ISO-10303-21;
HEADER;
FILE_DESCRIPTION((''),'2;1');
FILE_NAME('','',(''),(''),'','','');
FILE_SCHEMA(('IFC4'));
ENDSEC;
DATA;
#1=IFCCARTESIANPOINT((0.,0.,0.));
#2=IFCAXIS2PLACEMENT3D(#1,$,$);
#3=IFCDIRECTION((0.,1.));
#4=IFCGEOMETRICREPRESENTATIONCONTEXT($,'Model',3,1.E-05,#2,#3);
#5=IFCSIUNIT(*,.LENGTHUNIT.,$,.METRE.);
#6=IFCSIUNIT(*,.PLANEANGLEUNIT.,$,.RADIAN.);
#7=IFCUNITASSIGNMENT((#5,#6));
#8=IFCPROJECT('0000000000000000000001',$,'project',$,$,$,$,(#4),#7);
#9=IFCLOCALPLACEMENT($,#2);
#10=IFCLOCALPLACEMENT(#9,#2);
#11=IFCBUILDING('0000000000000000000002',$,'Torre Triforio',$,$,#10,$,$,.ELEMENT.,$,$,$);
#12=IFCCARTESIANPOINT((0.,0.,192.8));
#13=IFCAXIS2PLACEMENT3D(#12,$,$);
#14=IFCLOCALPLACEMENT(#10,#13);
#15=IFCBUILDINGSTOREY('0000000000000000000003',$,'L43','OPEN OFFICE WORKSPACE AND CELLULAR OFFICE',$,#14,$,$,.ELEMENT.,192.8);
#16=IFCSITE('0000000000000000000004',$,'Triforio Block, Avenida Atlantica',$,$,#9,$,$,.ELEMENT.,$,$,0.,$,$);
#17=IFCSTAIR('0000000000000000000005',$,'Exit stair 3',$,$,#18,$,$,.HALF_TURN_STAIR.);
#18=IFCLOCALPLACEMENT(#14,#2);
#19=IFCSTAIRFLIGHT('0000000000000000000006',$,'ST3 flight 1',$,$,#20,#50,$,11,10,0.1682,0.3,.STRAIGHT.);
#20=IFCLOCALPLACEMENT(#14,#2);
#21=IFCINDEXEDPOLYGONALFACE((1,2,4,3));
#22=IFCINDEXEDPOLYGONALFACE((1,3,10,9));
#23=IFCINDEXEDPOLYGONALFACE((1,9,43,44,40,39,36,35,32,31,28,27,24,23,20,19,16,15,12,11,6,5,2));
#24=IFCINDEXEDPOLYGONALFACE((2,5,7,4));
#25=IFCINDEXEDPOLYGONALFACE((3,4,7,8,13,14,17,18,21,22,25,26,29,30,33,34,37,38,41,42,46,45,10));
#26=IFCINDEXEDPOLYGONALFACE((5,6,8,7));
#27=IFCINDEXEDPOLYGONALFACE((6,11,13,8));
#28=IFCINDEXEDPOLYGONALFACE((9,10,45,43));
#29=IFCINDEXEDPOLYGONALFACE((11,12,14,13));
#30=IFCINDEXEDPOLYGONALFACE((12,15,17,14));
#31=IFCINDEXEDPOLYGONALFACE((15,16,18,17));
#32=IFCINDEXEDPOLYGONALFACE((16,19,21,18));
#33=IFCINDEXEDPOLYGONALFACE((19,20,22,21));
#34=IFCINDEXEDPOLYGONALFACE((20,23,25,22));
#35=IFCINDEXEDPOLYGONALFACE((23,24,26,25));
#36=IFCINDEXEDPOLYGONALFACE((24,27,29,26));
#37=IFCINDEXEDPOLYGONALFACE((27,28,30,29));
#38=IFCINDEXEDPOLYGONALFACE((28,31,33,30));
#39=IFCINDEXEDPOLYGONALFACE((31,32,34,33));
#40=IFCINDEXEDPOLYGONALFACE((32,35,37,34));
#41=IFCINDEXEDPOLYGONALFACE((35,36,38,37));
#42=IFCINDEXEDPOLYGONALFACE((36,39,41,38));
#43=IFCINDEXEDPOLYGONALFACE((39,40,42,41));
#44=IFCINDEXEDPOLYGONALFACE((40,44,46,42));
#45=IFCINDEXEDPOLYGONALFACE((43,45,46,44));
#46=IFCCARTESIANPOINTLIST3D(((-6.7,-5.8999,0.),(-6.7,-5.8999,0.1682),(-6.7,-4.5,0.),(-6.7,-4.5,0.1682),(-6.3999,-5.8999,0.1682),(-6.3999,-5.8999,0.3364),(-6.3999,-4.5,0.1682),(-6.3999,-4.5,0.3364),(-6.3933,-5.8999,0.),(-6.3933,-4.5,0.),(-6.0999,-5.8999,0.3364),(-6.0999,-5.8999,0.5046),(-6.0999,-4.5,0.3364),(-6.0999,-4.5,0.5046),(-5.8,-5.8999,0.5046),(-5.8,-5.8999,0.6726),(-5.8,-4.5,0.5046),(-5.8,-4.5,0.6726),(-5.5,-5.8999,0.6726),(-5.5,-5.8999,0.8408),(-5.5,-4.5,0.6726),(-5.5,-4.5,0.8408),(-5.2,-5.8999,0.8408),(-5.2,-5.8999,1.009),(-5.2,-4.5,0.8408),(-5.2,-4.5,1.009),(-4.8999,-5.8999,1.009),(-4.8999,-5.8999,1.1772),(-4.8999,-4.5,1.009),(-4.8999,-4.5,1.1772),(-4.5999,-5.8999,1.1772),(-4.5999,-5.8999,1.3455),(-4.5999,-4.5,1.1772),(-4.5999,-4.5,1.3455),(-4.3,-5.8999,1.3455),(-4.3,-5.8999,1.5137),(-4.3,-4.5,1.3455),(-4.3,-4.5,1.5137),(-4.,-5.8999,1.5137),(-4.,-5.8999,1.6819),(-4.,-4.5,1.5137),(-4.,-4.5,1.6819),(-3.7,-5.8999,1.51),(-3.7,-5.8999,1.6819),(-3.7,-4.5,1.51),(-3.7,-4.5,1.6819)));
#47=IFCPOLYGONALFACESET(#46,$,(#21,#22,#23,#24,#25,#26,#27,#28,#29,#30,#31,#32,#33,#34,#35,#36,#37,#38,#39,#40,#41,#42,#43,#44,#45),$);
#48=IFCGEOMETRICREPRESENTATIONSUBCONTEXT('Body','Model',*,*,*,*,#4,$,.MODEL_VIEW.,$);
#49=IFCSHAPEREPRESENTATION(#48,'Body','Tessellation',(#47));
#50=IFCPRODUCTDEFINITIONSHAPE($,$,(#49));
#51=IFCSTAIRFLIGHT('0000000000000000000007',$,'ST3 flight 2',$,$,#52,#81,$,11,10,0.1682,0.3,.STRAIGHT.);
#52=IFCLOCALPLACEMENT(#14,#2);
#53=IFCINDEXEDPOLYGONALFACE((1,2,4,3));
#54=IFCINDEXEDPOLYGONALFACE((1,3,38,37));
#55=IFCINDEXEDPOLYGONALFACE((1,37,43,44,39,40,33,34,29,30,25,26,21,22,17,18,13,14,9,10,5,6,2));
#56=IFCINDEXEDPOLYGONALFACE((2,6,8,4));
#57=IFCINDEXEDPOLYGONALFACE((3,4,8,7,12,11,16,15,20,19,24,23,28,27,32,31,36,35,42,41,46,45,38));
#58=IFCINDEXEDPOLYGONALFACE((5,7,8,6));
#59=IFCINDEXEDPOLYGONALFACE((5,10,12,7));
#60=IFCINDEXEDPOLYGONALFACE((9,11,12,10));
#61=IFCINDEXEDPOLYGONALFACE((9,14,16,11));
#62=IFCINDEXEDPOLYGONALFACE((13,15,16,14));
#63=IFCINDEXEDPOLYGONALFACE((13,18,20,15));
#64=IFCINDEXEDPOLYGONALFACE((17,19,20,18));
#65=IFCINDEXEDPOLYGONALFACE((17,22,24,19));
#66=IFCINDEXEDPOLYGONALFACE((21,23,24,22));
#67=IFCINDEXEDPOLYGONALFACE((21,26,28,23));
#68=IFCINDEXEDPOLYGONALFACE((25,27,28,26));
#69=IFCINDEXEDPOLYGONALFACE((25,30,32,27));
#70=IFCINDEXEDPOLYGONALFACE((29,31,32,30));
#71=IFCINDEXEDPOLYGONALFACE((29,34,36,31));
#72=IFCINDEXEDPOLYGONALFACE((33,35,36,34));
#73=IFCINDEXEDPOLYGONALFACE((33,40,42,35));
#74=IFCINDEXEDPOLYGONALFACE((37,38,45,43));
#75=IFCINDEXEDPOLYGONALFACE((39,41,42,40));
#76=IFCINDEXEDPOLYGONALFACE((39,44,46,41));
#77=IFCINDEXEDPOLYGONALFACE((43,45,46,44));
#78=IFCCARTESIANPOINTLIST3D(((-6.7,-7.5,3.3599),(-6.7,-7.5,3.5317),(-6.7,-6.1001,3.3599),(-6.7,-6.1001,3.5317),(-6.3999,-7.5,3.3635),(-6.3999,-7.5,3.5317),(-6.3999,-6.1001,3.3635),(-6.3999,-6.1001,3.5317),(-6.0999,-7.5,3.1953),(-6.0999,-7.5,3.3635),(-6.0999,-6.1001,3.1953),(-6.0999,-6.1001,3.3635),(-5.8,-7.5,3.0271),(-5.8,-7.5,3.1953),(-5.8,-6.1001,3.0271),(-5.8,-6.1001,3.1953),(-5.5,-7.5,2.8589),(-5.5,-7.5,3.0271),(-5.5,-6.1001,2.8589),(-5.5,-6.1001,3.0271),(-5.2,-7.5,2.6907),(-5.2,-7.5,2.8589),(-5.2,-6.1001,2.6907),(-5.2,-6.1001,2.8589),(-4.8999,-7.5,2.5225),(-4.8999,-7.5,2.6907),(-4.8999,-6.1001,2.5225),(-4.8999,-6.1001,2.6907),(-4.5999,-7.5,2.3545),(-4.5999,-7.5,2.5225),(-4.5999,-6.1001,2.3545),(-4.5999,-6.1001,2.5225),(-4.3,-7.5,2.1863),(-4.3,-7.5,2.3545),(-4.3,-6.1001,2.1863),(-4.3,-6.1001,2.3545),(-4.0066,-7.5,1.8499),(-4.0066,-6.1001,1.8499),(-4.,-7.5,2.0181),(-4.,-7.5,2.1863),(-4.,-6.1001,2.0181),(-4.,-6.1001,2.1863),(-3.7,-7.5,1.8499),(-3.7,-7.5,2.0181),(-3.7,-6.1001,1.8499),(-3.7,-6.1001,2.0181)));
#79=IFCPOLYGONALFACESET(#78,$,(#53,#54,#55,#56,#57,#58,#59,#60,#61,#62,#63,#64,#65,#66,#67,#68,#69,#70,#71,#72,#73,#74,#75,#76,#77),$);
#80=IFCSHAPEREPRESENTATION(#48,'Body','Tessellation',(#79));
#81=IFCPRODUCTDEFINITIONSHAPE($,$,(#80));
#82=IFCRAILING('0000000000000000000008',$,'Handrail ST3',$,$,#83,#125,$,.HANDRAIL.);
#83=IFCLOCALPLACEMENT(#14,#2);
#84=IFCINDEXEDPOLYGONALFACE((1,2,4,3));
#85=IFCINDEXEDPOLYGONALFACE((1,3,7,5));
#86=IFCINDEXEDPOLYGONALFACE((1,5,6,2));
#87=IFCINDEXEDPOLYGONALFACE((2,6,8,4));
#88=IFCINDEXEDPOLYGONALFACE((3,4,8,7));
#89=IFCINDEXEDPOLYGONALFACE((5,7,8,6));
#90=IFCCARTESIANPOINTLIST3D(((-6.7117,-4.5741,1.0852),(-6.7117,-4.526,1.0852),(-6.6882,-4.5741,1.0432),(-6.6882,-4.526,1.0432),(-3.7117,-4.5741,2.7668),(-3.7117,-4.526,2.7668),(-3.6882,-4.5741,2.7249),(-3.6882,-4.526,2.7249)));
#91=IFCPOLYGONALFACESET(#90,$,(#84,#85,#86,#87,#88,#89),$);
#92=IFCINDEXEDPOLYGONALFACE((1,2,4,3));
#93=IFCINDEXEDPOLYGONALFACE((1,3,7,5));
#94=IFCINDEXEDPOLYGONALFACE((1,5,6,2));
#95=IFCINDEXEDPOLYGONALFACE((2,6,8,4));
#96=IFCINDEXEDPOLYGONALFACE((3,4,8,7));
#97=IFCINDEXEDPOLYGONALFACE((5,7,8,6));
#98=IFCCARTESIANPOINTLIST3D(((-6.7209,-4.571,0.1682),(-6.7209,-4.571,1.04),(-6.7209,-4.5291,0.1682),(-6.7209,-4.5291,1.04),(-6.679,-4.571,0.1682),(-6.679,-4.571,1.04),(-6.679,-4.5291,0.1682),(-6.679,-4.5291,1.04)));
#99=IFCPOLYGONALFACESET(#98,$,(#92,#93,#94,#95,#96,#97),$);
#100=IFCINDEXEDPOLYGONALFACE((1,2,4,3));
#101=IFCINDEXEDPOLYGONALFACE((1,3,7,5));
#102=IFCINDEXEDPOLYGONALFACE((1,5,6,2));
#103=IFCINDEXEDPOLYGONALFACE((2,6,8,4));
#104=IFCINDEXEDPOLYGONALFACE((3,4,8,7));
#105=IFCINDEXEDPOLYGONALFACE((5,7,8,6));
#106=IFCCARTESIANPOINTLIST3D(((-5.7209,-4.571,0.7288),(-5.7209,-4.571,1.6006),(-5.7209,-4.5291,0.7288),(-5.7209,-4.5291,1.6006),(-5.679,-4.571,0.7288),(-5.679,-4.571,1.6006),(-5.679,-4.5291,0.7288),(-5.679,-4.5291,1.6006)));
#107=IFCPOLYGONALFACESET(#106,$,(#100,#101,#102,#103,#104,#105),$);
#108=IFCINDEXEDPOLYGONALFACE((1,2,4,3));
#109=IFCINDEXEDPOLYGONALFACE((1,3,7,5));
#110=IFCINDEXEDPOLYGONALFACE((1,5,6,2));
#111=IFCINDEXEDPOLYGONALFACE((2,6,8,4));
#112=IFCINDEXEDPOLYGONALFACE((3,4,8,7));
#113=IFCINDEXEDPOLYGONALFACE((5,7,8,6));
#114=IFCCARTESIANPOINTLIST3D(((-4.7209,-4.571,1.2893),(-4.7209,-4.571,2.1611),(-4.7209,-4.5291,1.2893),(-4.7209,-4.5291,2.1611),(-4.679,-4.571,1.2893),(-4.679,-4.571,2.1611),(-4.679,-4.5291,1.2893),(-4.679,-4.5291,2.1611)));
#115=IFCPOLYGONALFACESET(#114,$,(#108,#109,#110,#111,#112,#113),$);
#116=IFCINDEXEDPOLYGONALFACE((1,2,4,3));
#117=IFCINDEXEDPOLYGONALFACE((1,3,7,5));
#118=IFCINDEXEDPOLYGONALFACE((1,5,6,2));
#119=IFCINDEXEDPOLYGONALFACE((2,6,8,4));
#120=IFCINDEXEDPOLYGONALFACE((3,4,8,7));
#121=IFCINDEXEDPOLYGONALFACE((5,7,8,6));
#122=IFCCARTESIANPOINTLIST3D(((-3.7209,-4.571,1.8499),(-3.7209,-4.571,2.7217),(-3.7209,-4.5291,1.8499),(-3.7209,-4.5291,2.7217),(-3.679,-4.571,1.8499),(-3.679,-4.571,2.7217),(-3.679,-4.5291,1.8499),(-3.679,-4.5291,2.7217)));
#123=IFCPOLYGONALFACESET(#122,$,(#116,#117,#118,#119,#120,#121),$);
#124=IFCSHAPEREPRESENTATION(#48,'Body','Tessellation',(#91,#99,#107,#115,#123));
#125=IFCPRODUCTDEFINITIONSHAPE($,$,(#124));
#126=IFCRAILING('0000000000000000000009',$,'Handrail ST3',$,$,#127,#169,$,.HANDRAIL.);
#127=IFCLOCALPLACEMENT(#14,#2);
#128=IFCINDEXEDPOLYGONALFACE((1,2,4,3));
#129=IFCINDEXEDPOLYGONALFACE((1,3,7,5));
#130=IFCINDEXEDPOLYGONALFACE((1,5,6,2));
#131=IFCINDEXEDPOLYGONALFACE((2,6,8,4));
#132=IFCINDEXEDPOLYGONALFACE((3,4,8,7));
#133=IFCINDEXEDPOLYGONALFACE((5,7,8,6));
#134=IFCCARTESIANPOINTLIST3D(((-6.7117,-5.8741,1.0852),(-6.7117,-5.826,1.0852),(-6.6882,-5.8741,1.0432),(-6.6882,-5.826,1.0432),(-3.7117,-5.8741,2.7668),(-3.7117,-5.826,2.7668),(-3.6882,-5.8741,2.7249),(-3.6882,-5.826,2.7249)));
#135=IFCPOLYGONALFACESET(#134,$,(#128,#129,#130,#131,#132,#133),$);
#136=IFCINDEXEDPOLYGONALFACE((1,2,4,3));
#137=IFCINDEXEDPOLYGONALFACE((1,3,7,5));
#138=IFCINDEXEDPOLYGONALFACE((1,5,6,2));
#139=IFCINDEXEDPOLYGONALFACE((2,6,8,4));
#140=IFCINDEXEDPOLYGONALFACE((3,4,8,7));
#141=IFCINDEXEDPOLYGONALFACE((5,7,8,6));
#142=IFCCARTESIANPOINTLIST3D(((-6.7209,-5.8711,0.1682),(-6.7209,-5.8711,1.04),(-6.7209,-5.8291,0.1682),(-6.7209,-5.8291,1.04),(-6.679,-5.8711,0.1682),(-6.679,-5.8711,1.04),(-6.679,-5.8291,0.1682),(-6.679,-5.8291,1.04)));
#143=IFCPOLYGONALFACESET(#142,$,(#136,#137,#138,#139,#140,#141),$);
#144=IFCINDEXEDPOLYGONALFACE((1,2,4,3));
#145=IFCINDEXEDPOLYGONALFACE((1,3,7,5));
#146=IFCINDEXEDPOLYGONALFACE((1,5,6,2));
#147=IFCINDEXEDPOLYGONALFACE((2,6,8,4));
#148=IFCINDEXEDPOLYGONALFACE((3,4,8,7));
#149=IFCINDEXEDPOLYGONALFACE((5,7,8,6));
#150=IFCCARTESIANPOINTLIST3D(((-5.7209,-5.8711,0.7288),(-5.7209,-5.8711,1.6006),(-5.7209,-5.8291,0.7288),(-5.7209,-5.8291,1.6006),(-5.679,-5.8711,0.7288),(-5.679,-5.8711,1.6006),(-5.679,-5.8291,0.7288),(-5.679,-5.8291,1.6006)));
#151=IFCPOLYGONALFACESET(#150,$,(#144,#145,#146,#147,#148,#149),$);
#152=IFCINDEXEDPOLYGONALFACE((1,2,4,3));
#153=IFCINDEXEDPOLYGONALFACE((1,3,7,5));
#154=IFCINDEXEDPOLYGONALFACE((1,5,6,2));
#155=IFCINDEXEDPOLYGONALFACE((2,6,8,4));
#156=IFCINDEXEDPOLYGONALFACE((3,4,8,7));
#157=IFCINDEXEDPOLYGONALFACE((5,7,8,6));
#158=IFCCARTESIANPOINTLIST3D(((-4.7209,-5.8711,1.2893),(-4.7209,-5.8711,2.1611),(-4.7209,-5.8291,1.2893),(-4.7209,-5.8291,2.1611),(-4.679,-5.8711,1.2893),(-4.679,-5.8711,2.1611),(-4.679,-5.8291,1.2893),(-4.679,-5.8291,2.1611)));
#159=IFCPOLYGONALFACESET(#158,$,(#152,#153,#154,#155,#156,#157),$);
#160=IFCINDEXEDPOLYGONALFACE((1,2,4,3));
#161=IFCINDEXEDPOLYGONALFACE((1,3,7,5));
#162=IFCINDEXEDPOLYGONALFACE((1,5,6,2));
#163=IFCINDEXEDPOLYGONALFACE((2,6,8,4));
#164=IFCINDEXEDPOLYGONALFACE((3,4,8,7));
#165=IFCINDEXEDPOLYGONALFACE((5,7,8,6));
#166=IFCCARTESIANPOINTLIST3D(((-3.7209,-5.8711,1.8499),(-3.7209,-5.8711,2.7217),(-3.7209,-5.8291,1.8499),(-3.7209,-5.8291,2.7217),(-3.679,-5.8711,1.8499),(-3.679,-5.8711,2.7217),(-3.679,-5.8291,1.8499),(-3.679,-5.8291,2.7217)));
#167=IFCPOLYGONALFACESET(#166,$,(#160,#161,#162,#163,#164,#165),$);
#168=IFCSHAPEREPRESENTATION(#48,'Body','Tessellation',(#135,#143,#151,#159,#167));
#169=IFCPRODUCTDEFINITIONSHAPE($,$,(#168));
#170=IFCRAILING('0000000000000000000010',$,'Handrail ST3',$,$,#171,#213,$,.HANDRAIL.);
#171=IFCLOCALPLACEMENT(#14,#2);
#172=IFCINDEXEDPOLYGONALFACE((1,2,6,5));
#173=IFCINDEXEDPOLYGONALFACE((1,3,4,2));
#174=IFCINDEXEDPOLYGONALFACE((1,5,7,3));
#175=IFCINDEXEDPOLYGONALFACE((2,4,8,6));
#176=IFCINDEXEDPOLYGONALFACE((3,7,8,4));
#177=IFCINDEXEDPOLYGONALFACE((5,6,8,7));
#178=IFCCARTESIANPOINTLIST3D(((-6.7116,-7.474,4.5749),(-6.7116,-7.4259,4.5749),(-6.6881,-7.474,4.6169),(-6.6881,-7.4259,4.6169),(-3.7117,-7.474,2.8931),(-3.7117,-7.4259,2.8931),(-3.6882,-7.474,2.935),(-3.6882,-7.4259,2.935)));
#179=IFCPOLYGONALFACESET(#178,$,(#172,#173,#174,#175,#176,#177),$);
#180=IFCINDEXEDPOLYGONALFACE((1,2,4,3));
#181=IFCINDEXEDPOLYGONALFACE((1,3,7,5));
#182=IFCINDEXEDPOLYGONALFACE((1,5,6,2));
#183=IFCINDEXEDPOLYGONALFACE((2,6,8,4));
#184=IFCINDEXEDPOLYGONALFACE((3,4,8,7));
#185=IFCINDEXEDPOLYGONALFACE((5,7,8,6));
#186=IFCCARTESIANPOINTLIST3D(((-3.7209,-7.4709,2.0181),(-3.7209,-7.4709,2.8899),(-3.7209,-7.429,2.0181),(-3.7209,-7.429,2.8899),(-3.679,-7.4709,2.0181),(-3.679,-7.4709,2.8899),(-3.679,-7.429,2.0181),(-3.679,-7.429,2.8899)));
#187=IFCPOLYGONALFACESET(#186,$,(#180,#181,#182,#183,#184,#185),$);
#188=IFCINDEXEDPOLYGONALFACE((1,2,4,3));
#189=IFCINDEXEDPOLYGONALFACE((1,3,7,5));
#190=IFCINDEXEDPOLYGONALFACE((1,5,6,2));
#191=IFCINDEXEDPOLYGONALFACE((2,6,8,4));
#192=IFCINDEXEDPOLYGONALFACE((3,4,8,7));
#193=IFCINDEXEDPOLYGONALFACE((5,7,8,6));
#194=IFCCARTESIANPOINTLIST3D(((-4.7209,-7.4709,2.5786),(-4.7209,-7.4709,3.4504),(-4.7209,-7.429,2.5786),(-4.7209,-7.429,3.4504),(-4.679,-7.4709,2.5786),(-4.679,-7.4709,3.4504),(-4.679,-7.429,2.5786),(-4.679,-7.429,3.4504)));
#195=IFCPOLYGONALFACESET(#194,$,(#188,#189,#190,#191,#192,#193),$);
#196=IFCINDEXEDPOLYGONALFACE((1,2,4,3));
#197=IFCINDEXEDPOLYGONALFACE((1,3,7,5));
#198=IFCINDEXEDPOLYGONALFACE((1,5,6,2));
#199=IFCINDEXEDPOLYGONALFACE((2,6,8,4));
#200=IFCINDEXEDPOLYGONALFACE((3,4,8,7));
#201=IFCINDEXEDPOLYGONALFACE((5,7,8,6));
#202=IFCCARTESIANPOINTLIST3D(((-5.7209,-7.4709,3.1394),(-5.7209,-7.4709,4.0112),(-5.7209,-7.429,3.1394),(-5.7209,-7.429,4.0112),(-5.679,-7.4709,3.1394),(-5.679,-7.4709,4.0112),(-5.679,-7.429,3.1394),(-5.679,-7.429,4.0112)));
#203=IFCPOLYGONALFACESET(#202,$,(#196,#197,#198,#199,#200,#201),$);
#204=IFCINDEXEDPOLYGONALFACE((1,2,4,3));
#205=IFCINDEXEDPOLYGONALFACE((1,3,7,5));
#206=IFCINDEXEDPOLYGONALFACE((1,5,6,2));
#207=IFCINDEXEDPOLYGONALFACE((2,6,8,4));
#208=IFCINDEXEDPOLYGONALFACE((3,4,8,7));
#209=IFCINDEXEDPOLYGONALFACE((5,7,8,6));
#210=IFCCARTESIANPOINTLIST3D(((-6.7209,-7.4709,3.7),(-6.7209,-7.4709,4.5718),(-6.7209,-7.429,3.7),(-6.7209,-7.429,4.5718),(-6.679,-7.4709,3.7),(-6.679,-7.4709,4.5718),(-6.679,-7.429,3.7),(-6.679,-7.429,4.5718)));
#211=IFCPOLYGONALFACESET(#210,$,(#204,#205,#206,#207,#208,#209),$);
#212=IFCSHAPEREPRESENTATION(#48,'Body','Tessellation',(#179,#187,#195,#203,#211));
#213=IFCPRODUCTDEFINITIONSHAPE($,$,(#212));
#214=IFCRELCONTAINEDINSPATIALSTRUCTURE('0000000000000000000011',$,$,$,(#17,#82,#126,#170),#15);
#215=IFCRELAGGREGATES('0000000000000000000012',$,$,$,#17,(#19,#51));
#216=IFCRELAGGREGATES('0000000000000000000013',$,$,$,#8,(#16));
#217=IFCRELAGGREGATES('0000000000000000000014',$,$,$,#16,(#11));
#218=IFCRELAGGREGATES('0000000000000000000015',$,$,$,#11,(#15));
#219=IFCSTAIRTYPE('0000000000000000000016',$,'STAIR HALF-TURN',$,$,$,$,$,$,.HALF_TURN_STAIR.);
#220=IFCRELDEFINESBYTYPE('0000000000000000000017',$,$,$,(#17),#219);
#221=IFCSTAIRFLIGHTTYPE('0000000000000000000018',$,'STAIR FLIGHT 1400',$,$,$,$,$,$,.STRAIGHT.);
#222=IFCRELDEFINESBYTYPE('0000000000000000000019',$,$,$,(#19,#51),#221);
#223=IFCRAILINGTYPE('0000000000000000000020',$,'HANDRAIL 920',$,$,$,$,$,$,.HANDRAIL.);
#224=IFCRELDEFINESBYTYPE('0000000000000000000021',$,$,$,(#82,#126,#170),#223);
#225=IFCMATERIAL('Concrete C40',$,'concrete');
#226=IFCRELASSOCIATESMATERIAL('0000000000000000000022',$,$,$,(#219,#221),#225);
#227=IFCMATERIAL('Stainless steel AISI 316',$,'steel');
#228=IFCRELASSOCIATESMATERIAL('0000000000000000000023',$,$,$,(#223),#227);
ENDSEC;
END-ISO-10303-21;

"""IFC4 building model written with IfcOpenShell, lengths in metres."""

from ifc_helpers import new_model, si_unit, direction, frame, origin, origin_2d, place, context, subcontext, project, spatial, polyline, rectangle, outline, extrude, material, type_object, element, aggregate, save


model = new_model("IFC4")

# Units and contexts
model_context = context("Model", 3, precision=1e-05, world=origin(), true_north=direction((0.0, 1.0)))
body_context = subcontext(model_context, "Body", "Model", "MODEL_VIEW")
ifc_project = project(units=[si_unit("LENGTHUNIT", "METRE"), si_unit("PLANEANGLEUNIT", "RADIAN")], contexts=[model_context])

# Site, building, storey
site_placement = place(None, origin())
site = spatial("IfcSite", under=ifc_project, at=site_placement, Name="Triforio Block, Avenida Atlantica", CompositionType="ELEMENT", RefElevation=0.0)
building_placement = place(site_placement, origin())
building = spatial("IfcBuilding", under=site, at=building_placement, Name="Torre Triforio", CompositionType="ELEMENT")
storey_placement = place(building_placement, frame((0.0, 0.0, 192.8)))
storey = spatial("IfcBuildingStorey", under=building, at=storey_placement, Name="L43", Description="OPEN OFFICE WORKSPACE AND CELLULAR OFFICE", CompositionType="ELEMENT", Elevation=192.8)

# Stair, stair flights
ifc_material_1 = material(Name="Concrete C40", Category="concrete")
stair_type = type_object("IfcStairType", Name="STAIR HALF-TURN", PredefinedType="HALF_TURN_STAIR", material=ifc_material_1)
stair_placement = place(storey_placement, origin())
stair = element("IfcStair", 1, at=stair_placement, inside=storey, type_object=stair_type, Name="Exit stair 3", PredefinedType="HALF_TURN_STAIR")
stair_flight_type = type_object("IfcStairFlightType", Name="STAIR FLIGHT 1400", PredefinedType="STRAIGHT", material=ifc_material_1)
stair_flight_1_placement = place(storey_placement, frame((-6.7, -5.2, 0.0), z_axis=(0.0, 0.0, 1.0), x_axis=(1.0, 0.0, 0.0)))
stair_flight_1 = element("IfcStairFlight", 2, at=stair_flight_1_placement, type_object=stair_flight_type, Name="ST3 flight 1", NumberOfRisers=11, NumberOfTreads=10, PredefinedType="STRAIGHT", RiserHeight=0.1682, TreadLength=0.3, context=body_context, shape_type="SweptSolid", body=[
    extrude(outline(polyline([(0.0, 0.0), (0.0, 0.1682), (0.3, 0.1682), (0.3, 0.3364), (0.6001, 0.3364), (0.6001, 0.5046), (0.8999, 0.5046), (0.8999, 0.6726), (1.2, 0.6726), (1.2, 0.8408), (1.5, 0.8408), (1.5, 1.009), (1.8, 1.009), (1.8, 1.1772), (2.1001, 1.1772), (2.1001, 1.3455), (2.3999, 1.3455), (2.3999, 1.5137), (2.7, 1.5137), (2.7, 1.6819), (3.0, 1.6819), (3.0, 1.8501), (3.0, 1.51), (0.3066, 0.0), (0.0, 0.0)])), frame((0.0, 0.7, 0.0), z_axis=(0.0, -1.0, 0.0), x_axis=(1.0, 0.0, 0.0)), (0.0, 0.0, 1.0), 1.3999),
])
stair_flight_2_placement = place(storey_placement, frame((-3.7, -6.8, 1.8499), z_axis=(0.0, 0.0, 1.0), x_axis=(-1.0, 0.0, 0.0)))
stair_flight_2 = element("IfcStairFlight", 3, at=stair_flight_2_placement, type_object=stair_flight_type, Name="ST3 flight 2", NumberOfRisers=11, NumberOfTreads=10, PredefinedType="STRAIGHT", RiserHeight=0.1682, TreadLength=0.3, context=body_context, shape_type="SweptSolid", body=[
    extrude(outline(polyline([(0.0, 0.0), (0.0, 0.1682), (0.3, 0.1682), (0.3, 0.3364), (0.6001, 0.3364), (0.6001, 0.5046), (0.8999, 0.5046), (0.8999, 0.6726), (1.2, 0.6726), (1.2, 0.8408), (1.5, 0.8408), (1.5, 1.009), (1.8, 1.009), (1.8, 1.1772), (2.1001, 1.1772), (2.1001, 1.3455), (2.3999, 1.3455), (2.3999, 1.5137), (2.7, 1.5137), (2.7, 1.6819), (3.0, 1.6819), (3.0, 1.8501), (3.0, 1.51), (0.3066, 0.0), (0.0, 0.0)])), frame((0.0, 0.7, 0.0), z_axis=(0.0, -1.0, 0.0), x_axis=(1.0, 0.0, 0.0)), (0.0, 0.0, 1.0), 1.3999),
])
aggregate(stair, [stair_flight_1, stair_flight_2])

# Railings
ifc_material_2 = material(Name="Stainless steel AISI 316", Category="steel")
railing_type = type_object("IfcRailingType", Name="HANDRAIL 920", PredefinedType="HANDRAIL", material=ifc_material_2)
for number, where, name in (
    (4, (-6.7, -4.55, 0.1682), "Handrail ST3"),
    (5, (-6.7, -5.8501, 0.1682), "Handrail ST3"),
):
    element("IfcRailing", number, at=place(storey_placement, frame(where)), inside=storey, type_object=railing_type, Name=name, PredefinedType="HANDRAIL", context=body_context, shape_type="SweptSolid", body=[
        extrude(rectangle(XDim=0.0481, YDim=0.0481, at=origin_2d()), frame((0.0, 0.0, 0.896), z_axis=(0.872303, 0.0, 0.488966), x_axis=(0.0, 1.0, 0.0)), (0.0, 0.0, 1.0), 3.4392),
        extrude(rectangle(XDim=0.042, YDim=0.042, at=origin_2d()), origin(), (0.0, 0.0, 1.0), 0.8718),
        extrude(rectangle(XDim=0.042, YDim=0.042, at=origin_2d()), frame((1.0, 0.0, 0.5605)), (0.0, 0.0, 1.0), 0.8718),
        extrude(rectangle(XDim=0.042, YDim=0.042, at=origin_2d()), frame((2.0, 0.0, 1.1211)), (0.0, 0.0, 1.0), 0.8718),
        extrude(rectangle(XDim=0.042, YDim=0.042, at=origin_2d()), frame((3.0, 0.0, 1.6816)), (0.0, 0.0, 1.0), 0.8718),
    ])
for number, where, name in (
    (6, (-3.7, -7.45, 2.0181), "Handrail ST3"),
):
    element("IfcRailing", number, at=place(storey_placement, frame(where)), inside=storey, type_object=railing_type, Name=name, PredefinedType="HANDRAIL", context=body_context, shape_type="SweptSolid", body=[
        extrude(rectangle(XDim=0.0481, YDim=0.0481, at=origin_2d()), frame((0.0, 0.0, 0.896), z_axis=(-0.872272, 0.0, 0.48902), x_axis=(0.0, -1.0, 0.0)), (0.0, 0.0, 1.0), 3.4392),
        extrude(rectangle(XDim=0.042, YDim=0.042, at=origin_2d()), origin(), (0.0, 0.0, 1.0), 0.8718),
        extrude(rectangle(XDim=0.042, YDim=0.042, at=origin_2d()), frame((-1.0, 0.0, 0.5605)), (0.0, 0.0, 1.0), 0.8718),
        extrude(rectangle(XDim=0.042, YDim=0.042, at=origin_2d()), frame((-2.0, 0.0, 1.1213)), (0.0, 0.0, 1.0), 0.8718),
        extrude(rectangle(XDim=0.042, YDim=0.042, at=origin_2d()), frame((-3.0, 0.0, 1.6819)), (0.0, 0.0, 1.0), 0.8718),
    ])

save(model, "model.ifc")
